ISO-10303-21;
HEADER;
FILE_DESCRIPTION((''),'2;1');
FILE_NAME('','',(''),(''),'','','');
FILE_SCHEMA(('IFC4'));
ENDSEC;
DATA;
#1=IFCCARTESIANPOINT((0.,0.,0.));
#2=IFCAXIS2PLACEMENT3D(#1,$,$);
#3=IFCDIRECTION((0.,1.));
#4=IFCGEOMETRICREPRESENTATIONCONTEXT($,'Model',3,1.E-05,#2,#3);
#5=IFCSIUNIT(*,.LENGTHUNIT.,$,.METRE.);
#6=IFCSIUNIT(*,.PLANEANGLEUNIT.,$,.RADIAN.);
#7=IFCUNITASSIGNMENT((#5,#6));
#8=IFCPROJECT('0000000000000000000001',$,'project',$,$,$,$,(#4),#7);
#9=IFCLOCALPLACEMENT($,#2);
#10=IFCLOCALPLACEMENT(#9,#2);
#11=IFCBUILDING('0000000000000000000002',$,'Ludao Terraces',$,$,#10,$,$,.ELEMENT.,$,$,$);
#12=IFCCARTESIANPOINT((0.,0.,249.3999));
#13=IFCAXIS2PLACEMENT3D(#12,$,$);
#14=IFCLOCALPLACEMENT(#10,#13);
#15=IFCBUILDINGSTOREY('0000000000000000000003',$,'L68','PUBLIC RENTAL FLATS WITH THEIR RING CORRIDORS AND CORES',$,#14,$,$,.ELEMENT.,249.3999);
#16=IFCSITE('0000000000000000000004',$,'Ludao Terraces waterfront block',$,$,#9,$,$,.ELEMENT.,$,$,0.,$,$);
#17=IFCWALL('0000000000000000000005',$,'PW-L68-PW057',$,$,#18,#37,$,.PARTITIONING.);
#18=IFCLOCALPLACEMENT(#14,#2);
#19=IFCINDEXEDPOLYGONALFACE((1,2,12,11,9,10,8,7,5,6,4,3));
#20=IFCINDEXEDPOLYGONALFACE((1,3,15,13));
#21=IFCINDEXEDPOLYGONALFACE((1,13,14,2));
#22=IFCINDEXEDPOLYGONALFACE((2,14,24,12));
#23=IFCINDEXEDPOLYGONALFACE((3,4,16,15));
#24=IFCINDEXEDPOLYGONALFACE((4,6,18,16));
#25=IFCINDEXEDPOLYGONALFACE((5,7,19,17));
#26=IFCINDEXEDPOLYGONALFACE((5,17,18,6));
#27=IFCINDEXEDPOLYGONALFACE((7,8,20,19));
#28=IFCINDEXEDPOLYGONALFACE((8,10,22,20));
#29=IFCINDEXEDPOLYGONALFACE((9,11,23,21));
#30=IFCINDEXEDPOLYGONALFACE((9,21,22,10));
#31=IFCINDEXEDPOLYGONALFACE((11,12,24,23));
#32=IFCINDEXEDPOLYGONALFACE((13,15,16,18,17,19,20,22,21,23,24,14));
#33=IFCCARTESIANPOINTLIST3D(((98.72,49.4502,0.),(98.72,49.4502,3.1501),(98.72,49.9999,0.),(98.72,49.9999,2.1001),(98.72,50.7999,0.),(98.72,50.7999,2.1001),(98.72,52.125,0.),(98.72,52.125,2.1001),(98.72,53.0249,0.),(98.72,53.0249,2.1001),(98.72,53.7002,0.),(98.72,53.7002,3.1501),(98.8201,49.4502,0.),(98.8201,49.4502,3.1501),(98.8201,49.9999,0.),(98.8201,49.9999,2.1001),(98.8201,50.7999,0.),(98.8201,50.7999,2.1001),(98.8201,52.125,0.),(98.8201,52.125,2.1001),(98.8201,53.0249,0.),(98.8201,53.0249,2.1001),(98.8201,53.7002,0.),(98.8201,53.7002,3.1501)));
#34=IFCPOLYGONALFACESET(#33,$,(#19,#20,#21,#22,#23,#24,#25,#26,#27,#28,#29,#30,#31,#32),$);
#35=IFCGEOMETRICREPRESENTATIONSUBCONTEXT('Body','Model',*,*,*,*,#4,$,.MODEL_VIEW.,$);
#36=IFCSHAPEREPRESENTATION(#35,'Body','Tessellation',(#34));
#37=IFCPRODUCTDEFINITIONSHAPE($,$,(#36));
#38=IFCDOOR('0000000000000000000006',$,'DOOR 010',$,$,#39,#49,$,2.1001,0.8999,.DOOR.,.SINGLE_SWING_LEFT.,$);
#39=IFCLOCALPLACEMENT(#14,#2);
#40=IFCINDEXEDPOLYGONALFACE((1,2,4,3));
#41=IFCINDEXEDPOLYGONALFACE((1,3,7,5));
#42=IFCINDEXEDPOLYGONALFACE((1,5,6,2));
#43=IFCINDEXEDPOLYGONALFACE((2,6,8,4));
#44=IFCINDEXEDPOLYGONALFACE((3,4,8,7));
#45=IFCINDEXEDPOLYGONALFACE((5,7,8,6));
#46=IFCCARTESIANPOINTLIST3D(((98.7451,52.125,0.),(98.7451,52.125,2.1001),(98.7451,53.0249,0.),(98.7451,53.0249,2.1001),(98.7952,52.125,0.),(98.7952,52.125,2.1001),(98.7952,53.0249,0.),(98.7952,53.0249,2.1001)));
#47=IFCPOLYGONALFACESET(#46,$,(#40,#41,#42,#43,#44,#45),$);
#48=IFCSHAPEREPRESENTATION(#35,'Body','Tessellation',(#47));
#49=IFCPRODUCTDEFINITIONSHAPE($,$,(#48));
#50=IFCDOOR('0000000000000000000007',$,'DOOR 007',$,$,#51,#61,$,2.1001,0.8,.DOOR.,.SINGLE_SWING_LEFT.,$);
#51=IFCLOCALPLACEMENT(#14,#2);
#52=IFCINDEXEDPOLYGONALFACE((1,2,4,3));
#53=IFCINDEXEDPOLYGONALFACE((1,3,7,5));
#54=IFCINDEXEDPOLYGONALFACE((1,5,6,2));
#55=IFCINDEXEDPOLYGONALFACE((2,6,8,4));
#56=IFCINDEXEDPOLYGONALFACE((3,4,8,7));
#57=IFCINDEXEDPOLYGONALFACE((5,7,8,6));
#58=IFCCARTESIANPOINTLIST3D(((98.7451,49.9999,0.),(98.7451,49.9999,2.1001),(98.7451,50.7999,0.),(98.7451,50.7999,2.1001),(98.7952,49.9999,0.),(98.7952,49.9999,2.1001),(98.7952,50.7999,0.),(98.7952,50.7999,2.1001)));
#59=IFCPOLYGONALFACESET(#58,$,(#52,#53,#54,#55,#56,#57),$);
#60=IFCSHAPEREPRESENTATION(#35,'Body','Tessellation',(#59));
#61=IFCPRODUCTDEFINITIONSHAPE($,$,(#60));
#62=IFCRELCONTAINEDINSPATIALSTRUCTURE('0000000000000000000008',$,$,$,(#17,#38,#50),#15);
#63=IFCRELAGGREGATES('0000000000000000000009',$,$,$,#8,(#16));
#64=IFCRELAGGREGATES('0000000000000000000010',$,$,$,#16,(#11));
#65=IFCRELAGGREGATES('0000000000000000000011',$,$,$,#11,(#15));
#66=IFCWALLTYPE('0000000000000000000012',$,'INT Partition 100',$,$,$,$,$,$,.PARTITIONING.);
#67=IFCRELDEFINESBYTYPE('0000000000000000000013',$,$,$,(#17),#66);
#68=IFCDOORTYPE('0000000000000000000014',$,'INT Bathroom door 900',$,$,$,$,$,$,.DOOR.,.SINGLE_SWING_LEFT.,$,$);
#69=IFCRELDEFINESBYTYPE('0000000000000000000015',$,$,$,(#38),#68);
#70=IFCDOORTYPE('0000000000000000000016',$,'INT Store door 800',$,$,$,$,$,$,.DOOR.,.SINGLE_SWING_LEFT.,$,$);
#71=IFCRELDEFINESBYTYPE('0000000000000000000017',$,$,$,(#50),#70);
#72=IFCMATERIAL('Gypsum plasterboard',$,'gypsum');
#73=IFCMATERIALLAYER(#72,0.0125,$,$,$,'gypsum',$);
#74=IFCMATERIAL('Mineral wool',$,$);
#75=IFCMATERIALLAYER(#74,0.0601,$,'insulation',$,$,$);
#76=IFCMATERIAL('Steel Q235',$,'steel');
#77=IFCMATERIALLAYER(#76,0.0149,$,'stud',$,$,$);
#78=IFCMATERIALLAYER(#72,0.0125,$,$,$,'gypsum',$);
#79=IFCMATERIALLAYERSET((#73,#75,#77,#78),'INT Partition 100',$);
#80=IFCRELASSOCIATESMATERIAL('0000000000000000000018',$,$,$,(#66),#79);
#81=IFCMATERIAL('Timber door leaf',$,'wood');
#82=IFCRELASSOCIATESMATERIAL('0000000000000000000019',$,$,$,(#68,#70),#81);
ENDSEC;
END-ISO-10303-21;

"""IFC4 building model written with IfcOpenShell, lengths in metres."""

from ifc_helpers import new_model, si_unit, direction, frame, frame_2d, origin, place, context, subcontext, project, spatial, rectangle, extrude, material, layer, layer_set, type_object, element, fill, save


model = new_model("IFC4")

# Units and contexts
model_context = context("Model", 3, precision=1e-05, world=origin(), true_north=direction((0.0, 1.0)))
body_context = subcontext(model_context, "Body", "Model", "MODEL_VIEW")
ifc_project = project(units=[si_unit("LENGTHUNIT", "METRE"), si_unit("PLANEANGLEUNIT", "RADIAN")], contexts=[model_context])

# Site, building, storey
site_placement = place(None, origin())
site = spatial("IfcSite", under=ifc_project, at=site_placement, Name="Ludao Terraces waterfront block", CompositionType="ELEMENT", RefElevation=0.0)
building_placement = place(site_placement, origin())
building = spatial("IfcBuilding", under=site, at=building_placement, Name="Ludao Terraces", CompositionType="ELEMENT")
storey_placement = place(building_placement, frame((0.0, 0.0, 249.3999)))
storey = spatial("IfcBuildingStorey", under=building, at=storey_placement, Name="L68", Description="PUBLIC RENTAL FLATS WITH THEIR RING CORRIDORS AND CORES", CompositionType="ELEMENT", Elevation=249.3999)

# Shared definitions
ifc_material_1 = material(Name="Mineral wool")

# Wall, openings, doors
ifc_material_2 = material(Name="Steel Q235", Category="steel")
ifc_material_3 = material(Name="Gypsum plasterboard", Category="gypsum")
ifc_layer_1 = layer(ifc_material_3, 0.0125, Category="gypsum")
ifc_layer_2 = layer(ifc_material_1, 0.0601, Name="insulation")
ifc_layer_3 = layer(ifc_material_2, 0.0149, Name="stud")
ifc_layer_4 = layer(ifc_material_3, 0.0125, Category="gypsum")
ifc_layer_set_1 = layer_set([ifc_layer_1, ifc_layer_2, ifc_layer_3, ifc_layer_4], Name="INT Partition 100")
wall_type_1 = type_object("IfcWallType", Name="INT Partition 100", PredefinedType="PARTITIONING", material=ifc_layer_set_1)
wall_1_placement = place(storey_placement, frame((98.77, 49.4502, 0.0), z_axis=(0.0, 0.0, 1.0), x_axis=(0.0, 1.0, 0.0)))
wall_1 = element("IfcWall", 1, at=wall_1_placement, inside=storey, type_object=wall_type_1, Name="PW-L68-PW057", PredefinedType="PARTITIONING", context=body_context, shape_type="SweptSolid", body=[
    extrude(rectangle(XDim=4.25, YDim=0.1001, at=frame_2d((2.125, 0.0))), origin(), (0.0, 0.0, 1.0), 3.1501),
])
opening_1_placement = place(wall_1_placement, frame((0.5498, 0.0, 0.0)))
opening_1 = element("IfcOpeningElement", 2, at=opening_1_placement, cuts=wall_1, PredefinedType="OPENING", context=body_context, shape_type="SweptSolid", body=[
    extrude(rectangle(XDim=0.8, YDim=2.1001, at=frame_2d((0.3999, 1.05))), frame((0.0, 0.0601, 0.0), z_axis=(0.0, -1.0, 0.0), x_axis=(1.0, 0.0, 0.0)), (0.0, 0.0, 1.0), 0.1201),
])
opening_2_placement = place(wall_1_placement, frame((2.6748, 0.0, 0.0)))
opening_2 = element("IfcOpeningElement", 3, at=opening_2_placement, cuts=wall_1, PredefinedType="OPENING", context=body_context, shape_type="SweptSolid", body=[
    extrude(rectangle(XDim=0.8999, YDim=2.1001, at=frame_2d((0.45, 1.05))), frame((0.0, 0.0601, 0.0), z_axis=(0.0, -1.0, 0.0), x_axis=(1.0, 0.0, 0.0)), (0.0, 0.0, 1.0), 0.1201),
])
ifc_material_4 = material(Name="Timber door leaf", Category="wood")
door_type_1 = type_object("IfcDoorType", Name="INT Bathroom door 900", OperationType="SINGLE_SWING_LEFT", PredefinedType="DOOR", material=ifc_material_4)
door_1_placement = place(opening_2_placement, origin())
door_1 = element("IfcDoor", 4, at=door_1_placement, inside=storey, type_object=door_type_1, Name="DOOR 010", OperationType="SINGLE_SWING_LEFT", OverallHeight=2.1001, OverallWidth=0.8999, PredefinedType="DOOR", context=body_context, shape_type="SweptSolid", body=[
    extrude(rectangle(XDim=0.8999, YDim=2.1001, at=frame_2d((0.45, 1.05))), frame((0.0, 0.0249, 0.0), z_axis=(0.0, -1.0, 0.0), x_axis=(1.0, 0.0, 0.0)), (0.0, 0.0, 1.0), 0.05),
])
fill(opening_2, door_1)
door_type_2 = type_object("IfcDoorType", Name="INT Store door 800", OperationType="SINGLE_SWING_LEFT", PredefinedType="DOOR", material=ifc_material_4)
door_2_placement = place(opening_1_placement, origin())
door_2 = element("IfcDoor", 5, at=door_2_placement, inside=storey, type_object=door_type_2, Name="DOOR 007", OperationType="SINGLE_SWING_LEFT", OverallHeight=2.1001, OverallWidth=0.8, PredefinedType="DOOR", context=body_context, shape_type="SweptSolid", body=[
    extrude(rectangle(XDim=0.8, YDim=2.1001, at=frame_2d((0.3999, 1.05))), frame((0.0, 0.0249, 0.0), z_axis=(0.0, -1.0, 0.0), x_axis=(1.0, 0.0, 0.0)), (0.0, 0.0, 1.0), 0.05),
])
fill(opening_1, door_2)

save(model, "model.ifc")
